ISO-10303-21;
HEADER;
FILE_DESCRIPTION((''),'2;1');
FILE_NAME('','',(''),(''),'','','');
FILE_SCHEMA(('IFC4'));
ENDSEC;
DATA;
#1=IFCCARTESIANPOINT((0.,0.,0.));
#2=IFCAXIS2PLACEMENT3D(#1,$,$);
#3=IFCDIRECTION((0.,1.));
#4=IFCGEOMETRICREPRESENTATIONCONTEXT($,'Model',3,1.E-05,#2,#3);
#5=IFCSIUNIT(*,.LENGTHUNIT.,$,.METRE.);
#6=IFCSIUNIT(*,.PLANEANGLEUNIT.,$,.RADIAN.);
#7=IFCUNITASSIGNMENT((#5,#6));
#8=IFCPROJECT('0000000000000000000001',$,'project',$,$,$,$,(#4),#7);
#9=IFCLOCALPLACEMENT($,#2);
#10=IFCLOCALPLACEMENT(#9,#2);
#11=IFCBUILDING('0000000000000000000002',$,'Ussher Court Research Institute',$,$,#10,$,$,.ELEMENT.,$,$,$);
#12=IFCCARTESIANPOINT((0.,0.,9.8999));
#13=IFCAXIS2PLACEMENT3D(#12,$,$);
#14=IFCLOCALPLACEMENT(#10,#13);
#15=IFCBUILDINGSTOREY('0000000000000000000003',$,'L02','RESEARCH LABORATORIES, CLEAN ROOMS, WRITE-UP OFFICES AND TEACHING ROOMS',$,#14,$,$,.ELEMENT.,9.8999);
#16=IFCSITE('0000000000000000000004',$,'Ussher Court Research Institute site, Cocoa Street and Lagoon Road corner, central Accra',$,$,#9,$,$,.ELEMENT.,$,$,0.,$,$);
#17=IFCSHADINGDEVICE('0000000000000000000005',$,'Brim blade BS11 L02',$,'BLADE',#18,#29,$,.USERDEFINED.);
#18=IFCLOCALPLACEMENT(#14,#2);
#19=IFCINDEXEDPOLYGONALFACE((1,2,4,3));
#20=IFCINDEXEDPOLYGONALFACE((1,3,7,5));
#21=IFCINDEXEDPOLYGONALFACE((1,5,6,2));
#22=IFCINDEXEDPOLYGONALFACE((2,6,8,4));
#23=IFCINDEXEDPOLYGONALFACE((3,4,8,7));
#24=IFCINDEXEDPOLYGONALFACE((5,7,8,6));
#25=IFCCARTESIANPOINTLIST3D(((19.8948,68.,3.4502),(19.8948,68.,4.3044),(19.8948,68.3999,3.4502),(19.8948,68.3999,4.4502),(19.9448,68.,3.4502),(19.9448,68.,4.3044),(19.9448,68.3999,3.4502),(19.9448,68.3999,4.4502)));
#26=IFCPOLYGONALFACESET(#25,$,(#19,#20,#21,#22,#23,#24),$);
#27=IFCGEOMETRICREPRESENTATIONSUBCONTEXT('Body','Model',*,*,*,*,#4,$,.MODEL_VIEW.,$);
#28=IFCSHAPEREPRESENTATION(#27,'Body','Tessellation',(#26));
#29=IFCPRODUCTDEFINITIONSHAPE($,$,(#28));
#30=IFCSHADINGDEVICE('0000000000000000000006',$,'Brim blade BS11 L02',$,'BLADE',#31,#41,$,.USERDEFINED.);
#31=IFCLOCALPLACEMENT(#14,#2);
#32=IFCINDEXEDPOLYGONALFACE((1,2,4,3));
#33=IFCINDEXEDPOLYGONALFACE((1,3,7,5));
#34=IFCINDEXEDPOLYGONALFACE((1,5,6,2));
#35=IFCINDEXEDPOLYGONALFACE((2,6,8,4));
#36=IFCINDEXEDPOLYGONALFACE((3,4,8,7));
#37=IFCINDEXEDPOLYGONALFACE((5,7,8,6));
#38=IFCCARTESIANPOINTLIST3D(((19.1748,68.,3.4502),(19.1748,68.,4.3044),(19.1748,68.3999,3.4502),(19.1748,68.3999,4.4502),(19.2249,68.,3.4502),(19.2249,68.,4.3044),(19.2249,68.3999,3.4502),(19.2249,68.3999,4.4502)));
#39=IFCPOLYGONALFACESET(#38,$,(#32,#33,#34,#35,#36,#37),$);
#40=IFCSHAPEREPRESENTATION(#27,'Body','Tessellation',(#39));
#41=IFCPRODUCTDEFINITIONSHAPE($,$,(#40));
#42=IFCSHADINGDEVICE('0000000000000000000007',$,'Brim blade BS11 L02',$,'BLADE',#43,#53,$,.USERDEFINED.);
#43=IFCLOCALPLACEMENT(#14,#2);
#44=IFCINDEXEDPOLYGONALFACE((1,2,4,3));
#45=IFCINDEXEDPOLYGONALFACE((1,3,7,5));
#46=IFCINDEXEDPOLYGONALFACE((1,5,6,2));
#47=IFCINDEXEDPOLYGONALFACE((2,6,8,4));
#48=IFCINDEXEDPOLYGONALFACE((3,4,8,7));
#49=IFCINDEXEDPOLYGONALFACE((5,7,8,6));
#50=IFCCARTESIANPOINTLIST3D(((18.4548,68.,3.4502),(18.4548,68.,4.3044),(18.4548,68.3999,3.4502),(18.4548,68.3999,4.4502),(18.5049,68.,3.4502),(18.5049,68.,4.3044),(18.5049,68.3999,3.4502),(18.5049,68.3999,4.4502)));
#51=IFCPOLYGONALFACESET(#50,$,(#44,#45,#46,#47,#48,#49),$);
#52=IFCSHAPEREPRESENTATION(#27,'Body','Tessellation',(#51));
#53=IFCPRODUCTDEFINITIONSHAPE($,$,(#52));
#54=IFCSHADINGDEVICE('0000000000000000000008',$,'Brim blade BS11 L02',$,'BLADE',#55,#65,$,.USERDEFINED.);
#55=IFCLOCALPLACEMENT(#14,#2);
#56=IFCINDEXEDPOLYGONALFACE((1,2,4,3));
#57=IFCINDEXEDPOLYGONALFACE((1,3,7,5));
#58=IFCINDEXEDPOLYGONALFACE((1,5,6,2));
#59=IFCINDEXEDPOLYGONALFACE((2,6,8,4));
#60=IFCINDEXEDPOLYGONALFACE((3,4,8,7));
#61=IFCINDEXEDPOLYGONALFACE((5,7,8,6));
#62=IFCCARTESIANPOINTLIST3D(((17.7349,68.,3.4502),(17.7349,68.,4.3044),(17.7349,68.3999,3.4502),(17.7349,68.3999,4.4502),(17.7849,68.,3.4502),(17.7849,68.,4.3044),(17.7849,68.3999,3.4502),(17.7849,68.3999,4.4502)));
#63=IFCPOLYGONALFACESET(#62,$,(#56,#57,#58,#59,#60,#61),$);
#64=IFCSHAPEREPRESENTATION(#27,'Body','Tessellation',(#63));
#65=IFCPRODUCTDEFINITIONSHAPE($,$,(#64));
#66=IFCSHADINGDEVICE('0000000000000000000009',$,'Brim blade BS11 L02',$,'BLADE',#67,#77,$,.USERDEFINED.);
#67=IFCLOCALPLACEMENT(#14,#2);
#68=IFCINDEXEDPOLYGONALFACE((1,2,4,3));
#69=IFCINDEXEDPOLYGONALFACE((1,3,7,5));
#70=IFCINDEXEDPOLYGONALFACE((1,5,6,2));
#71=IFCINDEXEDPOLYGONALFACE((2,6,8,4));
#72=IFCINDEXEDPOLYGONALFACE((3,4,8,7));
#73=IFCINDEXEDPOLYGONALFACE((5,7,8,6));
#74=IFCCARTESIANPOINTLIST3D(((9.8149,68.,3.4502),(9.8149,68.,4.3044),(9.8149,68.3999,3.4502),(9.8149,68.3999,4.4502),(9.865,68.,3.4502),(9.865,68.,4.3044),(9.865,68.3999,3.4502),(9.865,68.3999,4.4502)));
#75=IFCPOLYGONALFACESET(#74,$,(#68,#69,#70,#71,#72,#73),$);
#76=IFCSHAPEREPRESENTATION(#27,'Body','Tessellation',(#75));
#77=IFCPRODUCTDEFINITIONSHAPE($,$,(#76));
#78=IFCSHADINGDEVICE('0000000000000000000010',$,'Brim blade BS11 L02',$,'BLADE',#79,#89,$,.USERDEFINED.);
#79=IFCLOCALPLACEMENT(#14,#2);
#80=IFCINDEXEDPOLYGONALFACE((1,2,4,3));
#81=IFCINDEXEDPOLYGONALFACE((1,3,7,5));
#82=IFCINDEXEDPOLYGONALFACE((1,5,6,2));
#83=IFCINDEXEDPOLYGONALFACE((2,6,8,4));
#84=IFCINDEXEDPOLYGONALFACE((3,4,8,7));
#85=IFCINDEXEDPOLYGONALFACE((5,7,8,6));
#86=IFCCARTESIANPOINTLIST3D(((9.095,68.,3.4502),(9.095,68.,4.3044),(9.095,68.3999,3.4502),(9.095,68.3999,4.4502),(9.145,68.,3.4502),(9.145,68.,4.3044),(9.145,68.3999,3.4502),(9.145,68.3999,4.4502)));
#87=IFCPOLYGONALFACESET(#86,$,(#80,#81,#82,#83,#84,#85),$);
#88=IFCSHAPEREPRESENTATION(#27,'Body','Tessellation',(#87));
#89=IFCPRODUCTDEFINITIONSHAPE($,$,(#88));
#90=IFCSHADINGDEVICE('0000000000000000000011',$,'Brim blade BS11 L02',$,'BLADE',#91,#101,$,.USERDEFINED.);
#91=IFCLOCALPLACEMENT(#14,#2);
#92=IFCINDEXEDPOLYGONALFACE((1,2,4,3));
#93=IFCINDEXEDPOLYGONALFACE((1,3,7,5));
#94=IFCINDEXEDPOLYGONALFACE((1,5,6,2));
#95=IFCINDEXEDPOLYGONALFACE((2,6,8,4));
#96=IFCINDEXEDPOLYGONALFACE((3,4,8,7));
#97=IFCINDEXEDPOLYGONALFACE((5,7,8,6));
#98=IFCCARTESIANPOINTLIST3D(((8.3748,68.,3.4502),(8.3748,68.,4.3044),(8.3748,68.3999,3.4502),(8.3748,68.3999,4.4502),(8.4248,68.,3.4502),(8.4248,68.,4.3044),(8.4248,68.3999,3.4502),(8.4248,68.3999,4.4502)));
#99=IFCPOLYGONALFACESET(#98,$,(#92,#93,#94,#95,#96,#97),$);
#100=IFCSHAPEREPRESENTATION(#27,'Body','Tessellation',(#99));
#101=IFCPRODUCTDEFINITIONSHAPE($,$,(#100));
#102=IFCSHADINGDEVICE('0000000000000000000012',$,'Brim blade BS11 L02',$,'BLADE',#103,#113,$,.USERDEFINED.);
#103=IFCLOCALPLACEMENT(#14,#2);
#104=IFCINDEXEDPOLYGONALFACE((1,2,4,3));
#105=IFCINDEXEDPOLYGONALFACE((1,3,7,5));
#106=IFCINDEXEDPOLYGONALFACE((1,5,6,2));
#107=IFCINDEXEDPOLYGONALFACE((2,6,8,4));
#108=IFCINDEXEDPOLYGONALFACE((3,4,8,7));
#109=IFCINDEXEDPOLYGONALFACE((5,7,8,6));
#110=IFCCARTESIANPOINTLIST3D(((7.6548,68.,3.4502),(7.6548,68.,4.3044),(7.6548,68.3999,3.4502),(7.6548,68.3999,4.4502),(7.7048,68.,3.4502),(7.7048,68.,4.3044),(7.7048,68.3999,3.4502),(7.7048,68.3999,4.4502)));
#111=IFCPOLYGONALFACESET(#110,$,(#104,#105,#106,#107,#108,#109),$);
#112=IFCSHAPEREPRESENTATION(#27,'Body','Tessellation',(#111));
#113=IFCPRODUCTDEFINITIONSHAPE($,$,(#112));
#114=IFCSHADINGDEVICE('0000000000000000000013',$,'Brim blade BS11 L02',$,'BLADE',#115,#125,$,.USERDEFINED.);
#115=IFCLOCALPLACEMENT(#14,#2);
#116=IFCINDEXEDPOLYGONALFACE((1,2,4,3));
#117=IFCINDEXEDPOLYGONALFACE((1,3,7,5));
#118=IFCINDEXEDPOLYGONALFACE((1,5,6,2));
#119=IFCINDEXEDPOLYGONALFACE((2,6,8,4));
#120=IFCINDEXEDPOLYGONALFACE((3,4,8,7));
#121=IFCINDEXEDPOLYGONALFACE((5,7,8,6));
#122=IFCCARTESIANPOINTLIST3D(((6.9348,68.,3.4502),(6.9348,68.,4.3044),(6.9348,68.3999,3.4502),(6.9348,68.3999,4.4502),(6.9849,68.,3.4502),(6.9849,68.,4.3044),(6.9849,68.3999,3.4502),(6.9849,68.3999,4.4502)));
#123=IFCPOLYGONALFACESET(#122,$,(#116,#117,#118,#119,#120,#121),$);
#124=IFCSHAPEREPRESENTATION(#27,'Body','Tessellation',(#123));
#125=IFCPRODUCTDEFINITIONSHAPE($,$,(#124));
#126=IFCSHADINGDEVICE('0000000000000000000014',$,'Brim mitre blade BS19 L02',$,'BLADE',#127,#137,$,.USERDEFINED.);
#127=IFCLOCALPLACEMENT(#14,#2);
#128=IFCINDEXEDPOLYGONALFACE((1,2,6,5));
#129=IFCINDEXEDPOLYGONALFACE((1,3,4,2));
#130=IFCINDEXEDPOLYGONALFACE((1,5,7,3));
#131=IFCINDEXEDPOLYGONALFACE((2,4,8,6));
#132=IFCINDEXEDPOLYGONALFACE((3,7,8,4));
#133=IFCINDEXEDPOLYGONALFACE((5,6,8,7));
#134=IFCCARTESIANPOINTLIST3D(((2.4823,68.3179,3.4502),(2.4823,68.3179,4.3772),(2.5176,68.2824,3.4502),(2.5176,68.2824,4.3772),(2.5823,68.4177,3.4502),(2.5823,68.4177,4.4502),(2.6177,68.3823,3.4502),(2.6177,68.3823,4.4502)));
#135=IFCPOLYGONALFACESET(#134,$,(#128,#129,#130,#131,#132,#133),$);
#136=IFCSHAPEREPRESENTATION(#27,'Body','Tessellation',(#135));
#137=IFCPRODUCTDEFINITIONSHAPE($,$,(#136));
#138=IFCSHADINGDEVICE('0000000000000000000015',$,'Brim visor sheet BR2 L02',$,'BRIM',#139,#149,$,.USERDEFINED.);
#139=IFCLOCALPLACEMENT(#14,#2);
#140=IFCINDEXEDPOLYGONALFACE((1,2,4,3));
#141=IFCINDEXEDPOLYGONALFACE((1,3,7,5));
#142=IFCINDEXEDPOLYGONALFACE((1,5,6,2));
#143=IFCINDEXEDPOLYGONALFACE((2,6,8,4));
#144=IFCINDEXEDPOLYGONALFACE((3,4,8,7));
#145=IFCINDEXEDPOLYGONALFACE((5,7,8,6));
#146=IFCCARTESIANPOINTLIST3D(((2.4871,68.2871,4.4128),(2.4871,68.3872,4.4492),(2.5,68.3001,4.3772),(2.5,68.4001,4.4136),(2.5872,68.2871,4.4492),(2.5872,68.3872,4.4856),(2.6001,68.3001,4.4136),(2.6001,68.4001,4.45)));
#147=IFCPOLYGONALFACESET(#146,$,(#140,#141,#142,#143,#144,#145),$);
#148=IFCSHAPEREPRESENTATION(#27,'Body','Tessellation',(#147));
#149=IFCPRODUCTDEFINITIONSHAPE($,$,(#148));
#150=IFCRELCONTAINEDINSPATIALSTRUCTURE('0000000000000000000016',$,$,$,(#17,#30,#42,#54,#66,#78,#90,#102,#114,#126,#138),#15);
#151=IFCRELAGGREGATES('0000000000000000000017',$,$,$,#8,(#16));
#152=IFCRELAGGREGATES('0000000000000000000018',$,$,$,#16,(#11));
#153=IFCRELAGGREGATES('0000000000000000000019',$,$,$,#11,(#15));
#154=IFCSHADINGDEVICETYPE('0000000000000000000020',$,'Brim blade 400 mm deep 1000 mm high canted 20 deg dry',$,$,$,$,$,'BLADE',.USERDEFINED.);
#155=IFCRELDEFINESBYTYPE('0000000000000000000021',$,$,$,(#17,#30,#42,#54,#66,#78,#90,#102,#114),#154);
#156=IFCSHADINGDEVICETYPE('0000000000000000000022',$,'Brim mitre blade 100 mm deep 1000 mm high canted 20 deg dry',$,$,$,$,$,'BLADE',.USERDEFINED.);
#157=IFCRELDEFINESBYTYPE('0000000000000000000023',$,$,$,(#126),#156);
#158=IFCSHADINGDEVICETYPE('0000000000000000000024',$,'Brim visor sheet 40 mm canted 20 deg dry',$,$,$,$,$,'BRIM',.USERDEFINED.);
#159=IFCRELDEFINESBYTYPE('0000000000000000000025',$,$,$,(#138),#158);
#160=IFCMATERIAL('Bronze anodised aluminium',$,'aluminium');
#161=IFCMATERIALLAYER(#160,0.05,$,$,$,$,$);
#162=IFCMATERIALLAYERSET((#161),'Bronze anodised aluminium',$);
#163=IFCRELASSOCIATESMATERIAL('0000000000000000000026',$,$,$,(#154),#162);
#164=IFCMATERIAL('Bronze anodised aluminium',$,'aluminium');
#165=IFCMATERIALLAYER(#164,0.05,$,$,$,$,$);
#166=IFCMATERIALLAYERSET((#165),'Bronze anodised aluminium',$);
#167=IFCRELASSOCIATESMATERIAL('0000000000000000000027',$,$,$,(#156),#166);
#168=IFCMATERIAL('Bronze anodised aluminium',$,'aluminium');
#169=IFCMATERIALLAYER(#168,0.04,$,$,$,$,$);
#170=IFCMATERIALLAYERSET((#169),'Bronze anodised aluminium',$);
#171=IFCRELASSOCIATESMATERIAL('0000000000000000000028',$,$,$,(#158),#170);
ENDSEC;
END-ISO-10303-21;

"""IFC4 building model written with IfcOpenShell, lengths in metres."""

from ifc_helpers import new_model, si_unit, direction, frame, origin, place, context, subcontext, project, spatial, polyline, outline, extrude, material, layer, layer_set, type_object, element, save


model = new_model("IFC4")

# Units and contexts
model_context = context("Model", 3, precision=1e-05, world=origin(), true_north=direction((0.0, 1.0)))
body_context = subcontext(model_context, "Body", "Model", "MODEL_VIEW")
ifc_project = project(units=[si_unit("LENGTHUNIT", "METRE"), si_unit("PLANEANGLEUNIT", "RADIAN")], contexts=[model_context])

# Site, building, storey
site_placement = place(None, origin())
site = spatial("IfcSite", under=ifc_project, at=site_placement, Name="Ussher Court Research Institute site, Cocoa Street and Lagoon Road corner, central Accra", CompositionType="ELEMENT", RefElevation=0.0)
building_placement = place(site_placement, origin())
building = spatial("IfcBuilding", under=site, at=building_placement, Name="Ussher Court Research Institute", CompositionType="ELEMENT")
storey_placement = place(building_placement, frame((0.0, 0.0, 9.8999)))
storey = spatial("IfcBuildingStorey", under=building, at=storey_placement, Name="L02", Description="RESEARCH LABORATORIES, CLEAN ROOMS, WRITE-UP OFFICES AND TEACHING ROOMS", CompositionType="ELEMENT", Elevation=9.8999)

# Shading devices
ifc_material_1 = material(Name="Bronze anodised aluminium", Category="aluminium")
ifc_layer_1 = layer(ifc_material_1, 0.05)
ifc_layer_set_1 = layer_set([ifc_layer_1], Name="Bronze anodised aluminium")
shading_device_type_1 = type_object("IfcShadingDeviceType", Name="Brim blade 400 mm deep 1000 mm high canted 20 deg dry", ElementType="BLADE", PredefinedType="USERDEFINED", material=ifc_layer_set_1)
for number, where, z_axis, x_axis, name in (
    (1, (19.9199, 68.3999, 3.4502), (0.0, 0.0, 1.0), (0.0, -1.0, 0.0), "Brim blade BS11 L02"),
    (2, (19.2, 68.3999, 3.4502), (0.0, 0.0, 1.0), (0.0, -1.0, 0.0), "Brim blade BS11 L02"),
    (3, (18.48, 68.3999, 3.4502), (0.0, 0.0, 1.0), (0.0, -1.0, 0.0), "Brim blade BS11 L02"),
    (4, (17.76, 68.3999, 3.4502), (0.0, 0.0, 1.0), (0.0, -1.0, 0.0), "Brim blade BS11 L02"),
    (5, (9.8401, 68.3999, 3.4502), (0.0, 0.0, 1.0), (0.0, -1.0, 0.0), "Brim blade BS11 L02"),
    (6, (9.1201, 68.3999, 3.4502), (0.0, 0.0, 1.0), (0.0, -1.0, 0.0), "Brim blade BS11 L02"),
    (7, (8.3999, 68.3999, 3.4502), (0.0, 0.0, 1.0), (0.0, -1.0, 0.0), "Brim blade BS11 L02"),
    (8, (7.6799, 68.3999, 3.4502), (0.0, 0.0, 1.0), (0.0, -1.0, 0.0), "Brim blade BS11 L02"),
    (9, (6.96, 68.3999, 3.4502), (0.0, 0.0, 1.0), (0.0, -1.0, 0.0), "Brim blade BS11 L02"),
):
    element("IfcShadingDevice", number, at=place(storey_placement, frame(where, z_axis=z_axis, x_axis=x_axis)), inside=storey, type_object=shading_device_type_1, Name=name, ObjectType="BLADE", PredefinedType="USERDEFINED", context=body_context, shape_type="SweptSolid", body=[
        extrude(outline(polyline([(0.0, 0.0), (0.3999, 0.0), (0.3999, 0.8542), (0.0, 1.0), (0.0, 0.0)])), frame((0.0, 0.0249, 0.0), z_axis=(0.0, -1.0, 0.0), x_axis=(1.0, 0.0, 0.0)), (0.0, 0.0, 1.0), 0.05),
    ])
ifc_material_2 = material(Name="Bronze anodised aluminium", Category="aluminium")
ifc_layer_2 = layer(ifc_material_2, 0.05)
ifc_layer_set_2 = layer_set([ifc_layer_2], Name="Bronze anodised aluminium")
shading_device_type_2 = type_object("IfcShadingDeviceType", Name="Brim mitre blade 100 mm deep 1000 mm high canted 20 deg dry", ElementType="BLADE", PredefinedType="USERDEFINED", material=ifc_layer_set_2)
shading_device_1_placement = place(storey_placement, frame((2.6001, 68.3999, 3.4502), z_axis=(0.0, 0.0, 1.0), x_axis=(-0.70797, -0.706243, 0.0)))
element("IfcShadingDevice", 10, at=shading_device_1_placement, inside=storey, type_object=shading_device_type_2, Name="Brim mitre blade BS19 L02", ObjectType="BLADE", PredefinedType="USERDEFINED", context=body_context, shape_type="SweptSolid", body=[
    extrude(outline(polyline([(0.0, 0.0), (0.1414, 0.0), (0.1414, 0.927), (0.0, 1.0), (0.0, 0.0)])), frame((0.0, 0.0249, 0.0), z_axis=(0.0, -1.0, 0.0), x_axis=(1.0, 0.0, 0.0)), (0.0, 0.0, 1.0), 0.05),
])
ifc_material_3 = material(Name="Bronze anodised aluminium", Category="aluminium")
ifc_layer_3 = layer(ifc_material_3, 0.04)
ifc_layer_set_3 = layer_set([ifc_layer_3], Name="Bronze anodised aluminium")
shading_device_type_3 = type_object("IfcShadingDeviceType", Name="Brim visor sheet 40 mm canted 20 deg dry", ElementType="BRIM", PredefinedType="USERDEFINED", material=ifc_layer_set_3)
shading_device_2_placement = place(storey_placement, frame((2.5872, 68.3872, 4.4856), z_axis=(-0.323225, -0.323225, 0.889411), x_axis=(-0.93986, 0.0, -0.341559)))
element("IfcShadingDevice", 11, at=shading_device_2_placement, inside=storey, type_object=shading_device_type_3, Name="Brim visor sheet BR2 L02", ObjectType="BRIM", PredefinedType="USERDEFINED", context=body_context, shape_type="SweptSolid", body=[
    extrude(outline(polyline([(0.0, 0.0), (0.1065, 0.0), (0.1189, 0.1058), (0.0124, 0.1058), (0.0, 0.0)])), origin(), (0.0, 0.0, -1.0), 0.04),
])

save(model, "model.ifc")
